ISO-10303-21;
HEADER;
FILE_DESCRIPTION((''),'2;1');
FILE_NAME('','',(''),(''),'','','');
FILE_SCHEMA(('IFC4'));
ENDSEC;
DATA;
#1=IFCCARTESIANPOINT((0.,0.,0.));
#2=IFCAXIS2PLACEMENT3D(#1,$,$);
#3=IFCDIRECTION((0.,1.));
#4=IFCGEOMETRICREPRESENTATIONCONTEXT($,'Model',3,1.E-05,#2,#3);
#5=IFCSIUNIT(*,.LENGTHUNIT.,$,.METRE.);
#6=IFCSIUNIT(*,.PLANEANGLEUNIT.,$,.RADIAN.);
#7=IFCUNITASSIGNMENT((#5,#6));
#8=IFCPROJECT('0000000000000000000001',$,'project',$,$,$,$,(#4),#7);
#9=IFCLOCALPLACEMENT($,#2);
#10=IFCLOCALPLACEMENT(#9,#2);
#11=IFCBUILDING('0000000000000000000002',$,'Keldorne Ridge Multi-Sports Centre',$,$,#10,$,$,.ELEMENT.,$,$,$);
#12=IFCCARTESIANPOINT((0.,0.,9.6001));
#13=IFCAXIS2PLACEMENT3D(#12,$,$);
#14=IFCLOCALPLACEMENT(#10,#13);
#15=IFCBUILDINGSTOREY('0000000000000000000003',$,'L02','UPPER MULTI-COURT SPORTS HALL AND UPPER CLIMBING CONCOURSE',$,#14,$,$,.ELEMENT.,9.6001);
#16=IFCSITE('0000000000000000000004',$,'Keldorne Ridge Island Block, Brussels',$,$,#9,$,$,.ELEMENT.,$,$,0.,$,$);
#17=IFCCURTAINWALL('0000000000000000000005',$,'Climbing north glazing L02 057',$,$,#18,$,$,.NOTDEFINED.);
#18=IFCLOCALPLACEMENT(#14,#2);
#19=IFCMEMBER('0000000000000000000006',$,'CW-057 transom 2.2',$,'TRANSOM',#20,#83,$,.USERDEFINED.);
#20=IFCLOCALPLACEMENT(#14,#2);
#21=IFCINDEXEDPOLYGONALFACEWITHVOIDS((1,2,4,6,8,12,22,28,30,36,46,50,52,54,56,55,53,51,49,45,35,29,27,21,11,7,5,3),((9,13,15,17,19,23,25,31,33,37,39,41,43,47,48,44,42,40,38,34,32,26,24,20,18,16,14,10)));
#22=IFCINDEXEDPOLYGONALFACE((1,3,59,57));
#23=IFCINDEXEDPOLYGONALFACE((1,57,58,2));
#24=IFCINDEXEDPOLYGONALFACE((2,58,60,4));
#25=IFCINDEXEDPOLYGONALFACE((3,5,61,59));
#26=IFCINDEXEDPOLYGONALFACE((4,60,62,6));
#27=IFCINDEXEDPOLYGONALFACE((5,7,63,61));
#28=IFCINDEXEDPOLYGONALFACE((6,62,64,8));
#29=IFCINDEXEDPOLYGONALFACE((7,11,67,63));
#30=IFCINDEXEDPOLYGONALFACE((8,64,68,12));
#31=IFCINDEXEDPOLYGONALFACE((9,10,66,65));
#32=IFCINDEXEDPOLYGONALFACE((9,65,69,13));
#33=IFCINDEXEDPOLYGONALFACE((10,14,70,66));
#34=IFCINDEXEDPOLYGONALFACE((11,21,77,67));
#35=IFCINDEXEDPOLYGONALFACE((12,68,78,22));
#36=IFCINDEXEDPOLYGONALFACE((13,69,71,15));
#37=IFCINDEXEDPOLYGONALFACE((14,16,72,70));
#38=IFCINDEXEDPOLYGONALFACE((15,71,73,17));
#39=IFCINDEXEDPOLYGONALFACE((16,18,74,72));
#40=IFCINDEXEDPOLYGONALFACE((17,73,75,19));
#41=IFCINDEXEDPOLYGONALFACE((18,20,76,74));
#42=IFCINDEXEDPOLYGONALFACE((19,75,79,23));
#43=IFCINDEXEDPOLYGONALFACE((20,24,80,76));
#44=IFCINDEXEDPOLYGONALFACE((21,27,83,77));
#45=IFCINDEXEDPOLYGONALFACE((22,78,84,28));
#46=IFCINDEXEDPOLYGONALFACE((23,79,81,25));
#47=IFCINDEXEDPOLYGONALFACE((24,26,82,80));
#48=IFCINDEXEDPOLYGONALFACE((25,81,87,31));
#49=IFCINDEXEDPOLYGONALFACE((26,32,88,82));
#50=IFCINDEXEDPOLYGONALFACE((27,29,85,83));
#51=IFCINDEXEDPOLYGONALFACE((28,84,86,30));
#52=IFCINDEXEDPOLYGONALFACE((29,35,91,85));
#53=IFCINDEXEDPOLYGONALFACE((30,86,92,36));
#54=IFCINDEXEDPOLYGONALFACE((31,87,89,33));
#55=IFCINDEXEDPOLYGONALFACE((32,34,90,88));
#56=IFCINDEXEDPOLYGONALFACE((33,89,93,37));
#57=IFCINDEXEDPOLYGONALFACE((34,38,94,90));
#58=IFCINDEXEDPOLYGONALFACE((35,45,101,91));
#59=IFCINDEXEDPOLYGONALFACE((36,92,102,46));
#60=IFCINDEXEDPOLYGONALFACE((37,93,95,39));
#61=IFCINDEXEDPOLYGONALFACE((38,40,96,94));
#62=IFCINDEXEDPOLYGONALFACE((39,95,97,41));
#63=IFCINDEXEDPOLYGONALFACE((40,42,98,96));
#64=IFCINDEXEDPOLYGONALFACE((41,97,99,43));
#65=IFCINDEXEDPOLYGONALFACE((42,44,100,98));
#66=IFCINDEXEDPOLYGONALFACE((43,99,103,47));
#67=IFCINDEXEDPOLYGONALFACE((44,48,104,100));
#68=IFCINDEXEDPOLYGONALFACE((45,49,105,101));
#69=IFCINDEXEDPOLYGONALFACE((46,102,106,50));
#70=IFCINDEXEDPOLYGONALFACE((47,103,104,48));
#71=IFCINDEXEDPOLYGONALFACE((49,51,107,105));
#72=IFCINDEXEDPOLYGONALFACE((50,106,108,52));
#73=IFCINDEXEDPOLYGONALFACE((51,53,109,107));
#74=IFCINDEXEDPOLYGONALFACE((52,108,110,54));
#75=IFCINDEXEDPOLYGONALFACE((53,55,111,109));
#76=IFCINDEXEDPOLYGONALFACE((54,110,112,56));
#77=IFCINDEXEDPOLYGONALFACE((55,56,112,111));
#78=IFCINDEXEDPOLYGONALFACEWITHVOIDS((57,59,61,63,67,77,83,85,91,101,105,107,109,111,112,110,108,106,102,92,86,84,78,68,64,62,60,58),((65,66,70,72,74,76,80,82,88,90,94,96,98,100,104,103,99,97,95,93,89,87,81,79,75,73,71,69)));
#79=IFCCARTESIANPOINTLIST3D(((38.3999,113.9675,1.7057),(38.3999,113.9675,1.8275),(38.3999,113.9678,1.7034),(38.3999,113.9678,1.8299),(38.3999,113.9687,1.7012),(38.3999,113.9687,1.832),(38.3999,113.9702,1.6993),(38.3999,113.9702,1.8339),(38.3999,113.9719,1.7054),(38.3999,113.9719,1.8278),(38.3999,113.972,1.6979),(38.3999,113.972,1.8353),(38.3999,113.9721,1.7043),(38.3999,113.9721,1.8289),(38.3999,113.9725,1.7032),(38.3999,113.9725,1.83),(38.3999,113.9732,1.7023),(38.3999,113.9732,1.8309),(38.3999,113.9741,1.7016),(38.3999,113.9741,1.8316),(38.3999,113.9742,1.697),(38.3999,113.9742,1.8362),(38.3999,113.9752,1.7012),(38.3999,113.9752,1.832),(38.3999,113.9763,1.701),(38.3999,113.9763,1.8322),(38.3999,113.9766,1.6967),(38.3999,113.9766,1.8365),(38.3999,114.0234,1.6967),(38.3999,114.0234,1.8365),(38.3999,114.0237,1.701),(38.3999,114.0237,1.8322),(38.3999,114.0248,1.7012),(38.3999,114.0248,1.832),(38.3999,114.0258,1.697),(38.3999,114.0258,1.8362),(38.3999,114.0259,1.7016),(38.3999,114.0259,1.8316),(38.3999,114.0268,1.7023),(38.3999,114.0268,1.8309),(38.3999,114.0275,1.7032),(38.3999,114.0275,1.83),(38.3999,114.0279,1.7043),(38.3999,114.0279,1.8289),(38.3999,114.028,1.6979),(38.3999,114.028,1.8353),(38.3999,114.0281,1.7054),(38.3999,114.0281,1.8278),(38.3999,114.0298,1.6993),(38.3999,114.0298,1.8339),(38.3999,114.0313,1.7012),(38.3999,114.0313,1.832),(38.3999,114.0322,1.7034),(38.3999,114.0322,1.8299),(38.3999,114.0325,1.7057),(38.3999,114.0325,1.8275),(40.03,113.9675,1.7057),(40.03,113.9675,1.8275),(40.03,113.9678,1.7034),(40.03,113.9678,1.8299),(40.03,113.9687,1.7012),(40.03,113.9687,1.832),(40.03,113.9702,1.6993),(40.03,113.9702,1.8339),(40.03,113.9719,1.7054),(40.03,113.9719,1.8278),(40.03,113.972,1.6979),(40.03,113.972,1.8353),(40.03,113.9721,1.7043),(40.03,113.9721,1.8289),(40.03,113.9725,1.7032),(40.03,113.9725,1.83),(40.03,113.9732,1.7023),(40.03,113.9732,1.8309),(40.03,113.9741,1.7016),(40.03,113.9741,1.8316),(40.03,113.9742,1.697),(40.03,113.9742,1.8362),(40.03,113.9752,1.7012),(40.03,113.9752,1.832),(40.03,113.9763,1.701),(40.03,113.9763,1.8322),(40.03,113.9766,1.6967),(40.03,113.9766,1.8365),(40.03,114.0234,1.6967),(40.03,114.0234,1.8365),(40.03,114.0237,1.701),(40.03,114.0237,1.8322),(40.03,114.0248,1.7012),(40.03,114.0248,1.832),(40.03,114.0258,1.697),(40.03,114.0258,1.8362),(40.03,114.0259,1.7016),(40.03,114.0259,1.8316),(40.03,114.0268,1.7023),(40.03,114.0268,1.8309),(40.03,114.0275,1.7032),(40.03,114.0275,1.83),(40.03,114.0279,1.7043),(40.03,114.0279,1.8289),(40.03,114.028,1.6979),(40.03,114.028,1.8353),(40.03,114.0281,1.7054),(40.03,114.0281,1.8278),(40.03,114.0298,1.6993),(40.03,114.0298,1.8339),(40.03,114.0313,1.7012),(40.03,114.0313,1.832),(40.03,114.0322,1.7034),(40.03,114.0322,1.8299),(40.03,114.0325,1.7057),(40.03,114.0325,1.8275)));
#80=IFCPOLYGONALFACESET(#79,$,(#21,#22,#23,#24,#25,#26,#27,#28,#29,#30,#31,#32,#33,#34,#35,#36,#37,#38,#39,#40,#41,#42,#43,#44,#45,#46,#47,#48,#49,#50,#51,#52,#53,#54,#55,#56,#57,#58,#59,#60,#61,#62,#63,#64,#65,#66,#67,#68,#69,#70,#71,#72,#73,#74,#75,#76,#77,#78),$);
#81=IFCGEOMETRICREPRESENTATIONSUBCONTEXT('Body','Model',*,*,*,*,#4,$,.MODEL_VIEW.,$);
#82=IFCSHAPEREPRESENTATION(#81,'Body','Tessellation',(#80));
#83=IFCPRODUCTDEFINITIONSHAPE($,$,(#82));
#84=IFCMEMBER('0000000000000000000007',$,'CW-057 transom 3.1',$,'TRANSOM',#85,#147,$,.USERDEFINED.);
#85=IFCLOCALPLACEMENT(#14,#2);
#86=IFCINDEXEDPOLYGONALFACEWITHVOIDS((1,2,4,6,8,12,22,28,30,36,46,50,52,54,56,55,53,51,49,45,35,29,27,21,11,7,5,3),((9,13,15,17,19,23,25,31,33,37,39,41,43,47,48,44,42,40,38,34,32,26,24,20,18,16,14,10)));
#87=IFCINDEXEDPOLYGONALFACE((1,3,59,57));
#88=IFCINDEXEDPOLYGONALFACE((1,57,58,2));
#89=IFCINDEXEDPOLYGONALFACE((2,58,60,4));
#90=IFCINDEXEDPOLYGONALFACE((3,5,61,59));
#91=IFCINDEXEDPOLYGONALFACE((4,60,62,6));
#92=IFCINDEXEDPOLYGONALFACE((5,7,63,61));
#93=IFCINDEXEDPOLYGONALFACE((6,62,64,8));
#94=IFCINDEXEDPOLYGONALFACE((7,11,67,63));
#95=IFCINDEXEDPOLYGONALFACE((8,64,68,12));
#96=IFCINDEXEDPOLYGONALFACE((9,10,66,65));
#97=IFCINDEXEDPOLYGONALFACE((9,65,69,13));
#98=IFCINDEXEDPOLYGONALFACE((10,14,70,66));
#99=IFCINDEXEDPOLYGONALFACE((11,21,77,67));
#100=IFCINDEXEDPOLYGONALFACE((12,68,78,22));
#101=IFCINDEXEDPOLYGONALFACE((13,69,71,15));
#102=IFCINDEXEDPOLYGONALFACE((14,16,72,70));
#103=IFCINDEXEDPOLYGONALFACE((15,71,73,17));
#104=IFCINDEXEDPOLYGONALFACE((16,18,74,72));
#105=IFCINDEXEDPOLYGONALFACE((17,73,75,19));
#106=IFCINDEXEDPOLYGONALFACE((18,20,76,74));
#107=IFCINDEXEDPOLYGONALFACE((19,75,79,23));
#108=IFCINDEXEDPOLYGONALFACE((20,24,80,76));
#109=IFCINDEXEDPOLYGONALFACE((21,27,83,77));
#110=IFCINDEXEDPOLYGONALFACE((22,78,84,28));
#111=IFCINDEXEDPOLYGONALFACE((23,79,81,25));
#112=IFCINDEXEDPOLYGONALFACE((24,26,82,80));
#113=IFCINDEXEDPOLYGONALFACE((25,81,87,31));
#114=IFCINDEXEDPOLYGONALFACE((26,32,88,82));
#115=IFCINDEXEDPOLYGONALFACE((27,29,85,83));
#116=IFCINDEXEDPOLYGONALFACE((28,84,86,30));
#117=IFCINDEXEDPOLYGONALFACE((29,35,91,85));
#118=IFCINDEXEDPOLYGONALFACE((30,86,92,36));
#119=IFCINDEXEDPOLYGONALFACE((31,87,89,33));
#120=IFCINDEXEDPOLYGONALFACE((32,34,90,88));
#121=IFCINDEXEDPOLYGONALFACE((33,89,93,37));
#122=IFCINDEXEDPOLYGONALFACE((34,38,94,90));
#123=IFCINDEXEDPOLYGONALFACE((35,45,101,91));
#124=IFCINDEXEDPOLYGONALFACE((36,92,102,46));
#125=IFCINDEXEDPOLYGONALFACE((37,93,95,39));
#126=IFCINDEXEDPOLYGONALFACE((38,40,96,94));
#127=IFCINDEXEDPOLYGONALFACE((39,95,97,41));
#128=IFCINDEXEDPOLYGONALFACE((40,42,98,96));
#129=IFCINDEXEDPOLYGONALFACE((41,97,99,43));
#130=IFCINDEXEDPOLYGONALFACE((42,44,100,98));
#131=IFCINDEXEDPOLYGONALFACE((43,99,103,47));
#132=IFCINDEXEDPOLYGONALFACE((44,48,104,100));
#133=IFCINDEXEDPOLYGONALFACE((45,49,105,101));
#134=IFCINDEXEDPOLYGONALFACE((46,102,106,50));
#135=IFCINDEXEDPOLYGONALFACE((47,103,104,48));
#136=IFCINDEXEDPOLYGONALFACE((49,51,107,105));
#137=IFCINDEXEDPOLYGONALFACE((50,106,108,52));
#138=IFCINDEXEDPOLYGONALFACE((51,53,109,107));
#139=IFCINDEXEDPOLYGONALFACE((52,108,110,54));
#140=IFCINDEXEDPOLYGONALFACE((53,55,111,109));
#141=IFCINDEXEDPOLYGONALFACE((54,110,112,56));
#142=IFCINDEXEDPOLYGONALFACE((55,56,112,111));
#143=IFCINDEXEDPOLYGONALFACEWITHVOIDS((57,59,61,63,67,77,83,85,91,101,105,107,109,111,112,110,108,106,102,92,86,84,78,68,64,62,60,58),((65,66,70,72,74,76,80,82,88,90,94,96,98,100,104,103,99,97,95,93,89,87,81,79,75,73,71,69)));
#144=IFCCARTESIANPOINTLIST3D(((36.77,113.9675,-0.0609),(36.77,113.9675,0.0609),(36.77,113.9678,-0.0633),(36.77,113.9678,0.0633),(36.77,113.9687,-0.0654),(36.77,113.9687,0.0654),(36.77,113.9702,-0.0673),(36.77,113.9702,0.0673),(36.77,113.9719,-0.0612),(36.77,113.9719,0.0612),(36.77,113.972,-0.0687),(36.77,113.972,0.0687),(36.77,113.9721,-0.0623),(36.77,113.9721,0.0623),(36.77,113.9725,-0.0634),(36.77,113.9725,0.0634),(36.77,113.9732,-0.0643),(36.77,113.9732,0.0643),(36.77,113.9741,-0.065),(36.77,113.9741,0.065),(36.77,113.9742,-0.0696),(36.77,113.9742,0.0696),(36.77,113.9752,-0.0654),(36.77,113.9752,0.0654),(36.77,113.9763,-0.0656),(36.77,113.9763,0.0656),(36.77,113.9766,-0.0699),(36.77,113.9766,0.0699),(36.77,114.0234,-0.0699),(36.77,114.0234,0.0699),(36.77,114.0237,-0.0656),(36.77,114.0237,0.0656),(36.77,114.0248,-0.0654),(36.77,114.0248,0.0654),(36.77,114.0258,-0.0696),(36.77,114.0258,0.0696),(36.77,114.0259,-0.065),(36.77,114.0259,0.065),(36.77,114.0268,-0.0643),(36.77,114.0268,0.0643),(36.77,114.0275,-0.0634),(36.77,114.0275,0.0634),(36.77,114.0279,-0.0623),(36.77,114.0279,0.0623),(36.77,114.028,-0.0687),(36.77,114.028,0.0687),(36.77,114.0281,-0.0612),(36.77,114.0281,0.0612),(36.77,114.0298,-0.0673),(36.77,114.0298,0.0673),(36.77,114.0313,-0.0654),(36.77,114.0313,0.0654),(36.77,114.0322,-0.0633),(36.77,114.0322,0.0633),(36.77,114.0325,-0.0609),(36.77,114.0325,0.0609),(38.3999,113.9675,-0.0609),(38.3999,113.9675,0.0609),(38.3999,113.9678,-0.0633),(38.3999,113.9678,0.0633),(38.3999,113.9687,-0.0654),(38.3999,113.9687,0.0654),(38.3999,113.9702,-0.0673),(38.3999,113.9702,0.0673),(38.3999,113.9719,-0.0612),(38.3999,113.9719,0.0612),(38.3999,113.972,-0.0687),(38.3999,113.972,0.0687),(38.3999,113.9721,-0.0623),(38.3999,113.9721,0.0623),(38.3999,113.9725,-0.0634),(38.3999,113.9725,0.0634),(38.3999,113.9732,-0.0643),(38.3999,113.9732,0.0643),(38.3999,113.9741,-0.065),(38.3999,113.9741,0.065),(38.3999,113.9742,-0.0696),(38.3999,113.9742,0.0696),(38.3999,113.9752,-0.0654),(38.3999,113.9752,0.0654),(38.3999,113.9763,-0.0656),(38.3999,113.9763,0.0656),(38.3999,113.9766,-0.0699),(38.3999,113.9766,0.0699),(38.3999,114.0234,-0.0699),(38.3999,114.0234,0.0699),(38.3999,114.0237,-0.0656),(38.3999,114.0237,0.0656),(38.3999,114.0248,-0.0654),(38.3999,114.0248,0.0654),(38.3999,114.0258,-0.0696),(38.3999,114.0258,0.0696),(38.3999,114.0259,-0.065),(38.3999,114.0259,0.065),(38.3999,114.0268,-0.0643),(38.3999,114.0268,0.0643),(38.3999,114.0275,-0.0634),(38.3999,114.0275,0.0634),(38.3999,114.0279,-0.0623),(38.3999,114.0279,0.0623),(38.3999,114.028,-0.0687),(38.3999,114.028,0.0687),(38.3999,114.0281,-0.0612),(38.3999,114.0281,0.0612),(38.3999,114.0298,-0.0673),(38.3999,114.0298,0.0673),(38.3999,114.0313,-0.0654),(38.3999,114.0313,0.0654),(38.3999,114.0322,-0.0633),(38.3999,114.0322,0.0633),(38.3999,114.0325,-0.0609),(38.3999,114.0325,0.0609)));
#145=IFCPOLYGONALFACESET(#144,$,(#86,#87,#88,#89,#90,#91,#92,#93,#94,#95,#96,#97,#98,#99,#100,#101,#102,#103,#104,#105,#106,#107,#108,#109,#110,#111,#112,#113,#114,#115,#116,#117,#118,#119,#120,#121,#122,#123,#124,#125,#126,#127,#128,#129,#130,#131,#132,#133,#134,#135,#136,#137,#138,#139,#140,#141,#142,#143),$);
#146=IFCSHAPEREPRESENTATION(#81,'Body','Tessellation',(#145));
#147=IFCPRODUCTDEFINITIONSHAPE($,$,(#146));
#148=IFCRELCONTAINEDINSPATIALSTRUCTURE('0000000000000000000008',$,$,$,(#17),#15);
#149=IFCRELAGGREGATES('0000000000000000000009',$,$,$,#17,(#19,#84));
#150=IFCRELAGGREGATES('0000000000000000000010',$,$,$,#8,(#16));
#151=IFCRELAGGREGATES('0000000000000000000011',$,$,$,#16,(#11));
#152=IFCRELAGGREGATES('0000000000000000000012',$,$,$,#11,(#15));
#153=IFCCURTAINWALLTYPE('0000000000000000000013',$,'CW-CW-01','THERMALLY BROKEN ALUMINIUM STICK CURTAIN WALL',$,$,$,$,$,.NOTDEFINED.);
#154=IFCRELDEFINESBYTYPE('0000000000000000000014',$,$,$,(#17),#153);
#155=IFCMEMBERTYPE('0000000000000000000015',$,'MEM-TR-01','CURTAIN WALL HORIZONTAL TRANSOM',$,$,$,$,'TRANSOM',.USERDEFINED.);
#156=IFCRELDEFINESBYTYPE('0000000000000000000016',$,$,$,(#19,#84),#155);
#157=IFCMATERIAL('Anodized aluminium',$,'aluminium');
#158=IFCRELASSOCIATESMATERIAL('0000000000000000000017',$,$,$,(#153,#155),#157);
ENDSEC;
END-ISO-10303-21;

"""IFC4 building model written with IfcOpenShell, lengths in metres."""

from ifc_helpers import new_model, si_unit, direction, frame, origin, origin_2d, place, context, subcontext, project, spatial, hollow_rectangle, extrude, material, material_profile, profile_set, type_object, element, aggregate, save


model = new_model("IFC4")

# Units and contexts
model_context = context("Model", 3, precision=1e-05, world=origin(), true_north=direction((0.0, 1.0)))
body_context = subcontext(model_context, "Body", "Model", "MODEL_VIEW")
ifc_project = project(units=[si_unit("LENGTHUNIT", "METRE"), si_unit("PLANEANGLEUNIT", "RADIAN")], contexts=[model_context])

# Site, building, storey
site_placement = place(None, origin())
site = spatial("IfcSite", under=ifc_project, at=site_placement, Name="Keldorne Ridge Island Block, Brussels", CompositionType="ELEMENT", RefElevation=0.0)
building_placement = place(site_placement, origin())
building = spatial("IfcBuilding", under=site, at=building_placement, Name="Keldorne Ridge Multi-Sports Centre", CompositionType="ELEMENT")
storey_placement = place(building_placement, frame((0.0, 0.0, 9.6001)))
storey = spatial("IfcBuildingStorey", under=building, at=storey_placement, Name="L02", Description="UPPER MULTI-COURT SPORTS HALL AND UPPER CLIMBING CONCOURSE", CompositionType="ELEMENT", Elevation=9.6001)

# Shared definitions
ifc_material_1 = material(Name="Anodized aluminium", Category="aluminium")

# Curtain wall, members
curtain_wall_type_1 = type_object("IfcCurtainWallType", Name="CW-CW-01", Description="THERMALLY BROKEN ALUMINIUM STICK CURTAIN WALL", PredefinedType="NOTDEFINED", material=ifc_material_1)
curtain_wall_1_placement = place(storey_placement, origin())
curtain_wall_1 = element("IfcCurtainWall", 1, at=curtain_wall_1_placement, inside=storey, type_object=curtain_wall_type_1, Name="Climbing north glazing L02 057", PredefinedType="NOTDEFINED")
ifc_material_profile_1 = material_profile(ifc_material_1, hollow_rectangle(XDim=0.0649, YDim=0.1399, WallThickness=0.0044, InnerFilletRadius=0.0044, OuterFilletRadius=0.009, at=origin_2d()), Name="ALU TRANSOM 140x65x4.5")
ifc_profile_set_1 = profile_set([ifc_material_profile_1], Name="Anodized aluminium")
member_type_1 = type_object("IfcMemberType", Name="MEM-TR-01", Description="CURTAIN WALL HORIZONTAL TRANSOM", ElementType="TRANSOM", PredefinedType="USERDEFINED", material=ifc_profile_set_1)
member_1_placement = place(storey_placement, frame((40.03, 114.0, 1.7666), z_axis=(-1.0, 0.0, 0.0), x_axis=(0.0, -1.0, 0.0)))
member_1 = element("IfcMember", 2, at=member_1_placement, type_object=member_type_1, Name="CW-057 transom 2.2", ObjectType="TRANSOM", PredefinedType="USERDEFINED", context=body_context, shape_type="SweptSolid", body=[
    extrude(hollow_rectangle(XDim=0.0649, YDim=0.1399, WallThickness=0.0044, InnerFilletRadius=0.0044, OuterFilletRadius=0.009, at=origin_2d()), origin(), (0.0, 0.0, 1.0), 1.6301),
])
member_2_placement = place(storey_placement, frame((38.3999, 114.0, 0.0), z_axis=(-1.0, 0.0, 0.0), x_axis=(0.0, -1.0, 0.0)))
member_2 = element("IfcMember", 3, at=member_2_placement, type_object=member_type_1, Name="CW-057 transom 3.1", ObjectType="TRANSOM", PredefinedType="USERDEFINED", context=body_context, shape_type="SweptSolid", body=[
    extrude(hollow_rectangle(XDim=0.0649, YDim=0.1399, WallThickness=0.0044, InnerFilletRadius=0.0044, OuterFilletRadius=0.009, at=origin_2d()), origin(), (0.0, 0.0, 1.0), 1.6299),
])

aggregate(curtain_wall_1, [member_1, member_2])

save(model, "model.ifc")
